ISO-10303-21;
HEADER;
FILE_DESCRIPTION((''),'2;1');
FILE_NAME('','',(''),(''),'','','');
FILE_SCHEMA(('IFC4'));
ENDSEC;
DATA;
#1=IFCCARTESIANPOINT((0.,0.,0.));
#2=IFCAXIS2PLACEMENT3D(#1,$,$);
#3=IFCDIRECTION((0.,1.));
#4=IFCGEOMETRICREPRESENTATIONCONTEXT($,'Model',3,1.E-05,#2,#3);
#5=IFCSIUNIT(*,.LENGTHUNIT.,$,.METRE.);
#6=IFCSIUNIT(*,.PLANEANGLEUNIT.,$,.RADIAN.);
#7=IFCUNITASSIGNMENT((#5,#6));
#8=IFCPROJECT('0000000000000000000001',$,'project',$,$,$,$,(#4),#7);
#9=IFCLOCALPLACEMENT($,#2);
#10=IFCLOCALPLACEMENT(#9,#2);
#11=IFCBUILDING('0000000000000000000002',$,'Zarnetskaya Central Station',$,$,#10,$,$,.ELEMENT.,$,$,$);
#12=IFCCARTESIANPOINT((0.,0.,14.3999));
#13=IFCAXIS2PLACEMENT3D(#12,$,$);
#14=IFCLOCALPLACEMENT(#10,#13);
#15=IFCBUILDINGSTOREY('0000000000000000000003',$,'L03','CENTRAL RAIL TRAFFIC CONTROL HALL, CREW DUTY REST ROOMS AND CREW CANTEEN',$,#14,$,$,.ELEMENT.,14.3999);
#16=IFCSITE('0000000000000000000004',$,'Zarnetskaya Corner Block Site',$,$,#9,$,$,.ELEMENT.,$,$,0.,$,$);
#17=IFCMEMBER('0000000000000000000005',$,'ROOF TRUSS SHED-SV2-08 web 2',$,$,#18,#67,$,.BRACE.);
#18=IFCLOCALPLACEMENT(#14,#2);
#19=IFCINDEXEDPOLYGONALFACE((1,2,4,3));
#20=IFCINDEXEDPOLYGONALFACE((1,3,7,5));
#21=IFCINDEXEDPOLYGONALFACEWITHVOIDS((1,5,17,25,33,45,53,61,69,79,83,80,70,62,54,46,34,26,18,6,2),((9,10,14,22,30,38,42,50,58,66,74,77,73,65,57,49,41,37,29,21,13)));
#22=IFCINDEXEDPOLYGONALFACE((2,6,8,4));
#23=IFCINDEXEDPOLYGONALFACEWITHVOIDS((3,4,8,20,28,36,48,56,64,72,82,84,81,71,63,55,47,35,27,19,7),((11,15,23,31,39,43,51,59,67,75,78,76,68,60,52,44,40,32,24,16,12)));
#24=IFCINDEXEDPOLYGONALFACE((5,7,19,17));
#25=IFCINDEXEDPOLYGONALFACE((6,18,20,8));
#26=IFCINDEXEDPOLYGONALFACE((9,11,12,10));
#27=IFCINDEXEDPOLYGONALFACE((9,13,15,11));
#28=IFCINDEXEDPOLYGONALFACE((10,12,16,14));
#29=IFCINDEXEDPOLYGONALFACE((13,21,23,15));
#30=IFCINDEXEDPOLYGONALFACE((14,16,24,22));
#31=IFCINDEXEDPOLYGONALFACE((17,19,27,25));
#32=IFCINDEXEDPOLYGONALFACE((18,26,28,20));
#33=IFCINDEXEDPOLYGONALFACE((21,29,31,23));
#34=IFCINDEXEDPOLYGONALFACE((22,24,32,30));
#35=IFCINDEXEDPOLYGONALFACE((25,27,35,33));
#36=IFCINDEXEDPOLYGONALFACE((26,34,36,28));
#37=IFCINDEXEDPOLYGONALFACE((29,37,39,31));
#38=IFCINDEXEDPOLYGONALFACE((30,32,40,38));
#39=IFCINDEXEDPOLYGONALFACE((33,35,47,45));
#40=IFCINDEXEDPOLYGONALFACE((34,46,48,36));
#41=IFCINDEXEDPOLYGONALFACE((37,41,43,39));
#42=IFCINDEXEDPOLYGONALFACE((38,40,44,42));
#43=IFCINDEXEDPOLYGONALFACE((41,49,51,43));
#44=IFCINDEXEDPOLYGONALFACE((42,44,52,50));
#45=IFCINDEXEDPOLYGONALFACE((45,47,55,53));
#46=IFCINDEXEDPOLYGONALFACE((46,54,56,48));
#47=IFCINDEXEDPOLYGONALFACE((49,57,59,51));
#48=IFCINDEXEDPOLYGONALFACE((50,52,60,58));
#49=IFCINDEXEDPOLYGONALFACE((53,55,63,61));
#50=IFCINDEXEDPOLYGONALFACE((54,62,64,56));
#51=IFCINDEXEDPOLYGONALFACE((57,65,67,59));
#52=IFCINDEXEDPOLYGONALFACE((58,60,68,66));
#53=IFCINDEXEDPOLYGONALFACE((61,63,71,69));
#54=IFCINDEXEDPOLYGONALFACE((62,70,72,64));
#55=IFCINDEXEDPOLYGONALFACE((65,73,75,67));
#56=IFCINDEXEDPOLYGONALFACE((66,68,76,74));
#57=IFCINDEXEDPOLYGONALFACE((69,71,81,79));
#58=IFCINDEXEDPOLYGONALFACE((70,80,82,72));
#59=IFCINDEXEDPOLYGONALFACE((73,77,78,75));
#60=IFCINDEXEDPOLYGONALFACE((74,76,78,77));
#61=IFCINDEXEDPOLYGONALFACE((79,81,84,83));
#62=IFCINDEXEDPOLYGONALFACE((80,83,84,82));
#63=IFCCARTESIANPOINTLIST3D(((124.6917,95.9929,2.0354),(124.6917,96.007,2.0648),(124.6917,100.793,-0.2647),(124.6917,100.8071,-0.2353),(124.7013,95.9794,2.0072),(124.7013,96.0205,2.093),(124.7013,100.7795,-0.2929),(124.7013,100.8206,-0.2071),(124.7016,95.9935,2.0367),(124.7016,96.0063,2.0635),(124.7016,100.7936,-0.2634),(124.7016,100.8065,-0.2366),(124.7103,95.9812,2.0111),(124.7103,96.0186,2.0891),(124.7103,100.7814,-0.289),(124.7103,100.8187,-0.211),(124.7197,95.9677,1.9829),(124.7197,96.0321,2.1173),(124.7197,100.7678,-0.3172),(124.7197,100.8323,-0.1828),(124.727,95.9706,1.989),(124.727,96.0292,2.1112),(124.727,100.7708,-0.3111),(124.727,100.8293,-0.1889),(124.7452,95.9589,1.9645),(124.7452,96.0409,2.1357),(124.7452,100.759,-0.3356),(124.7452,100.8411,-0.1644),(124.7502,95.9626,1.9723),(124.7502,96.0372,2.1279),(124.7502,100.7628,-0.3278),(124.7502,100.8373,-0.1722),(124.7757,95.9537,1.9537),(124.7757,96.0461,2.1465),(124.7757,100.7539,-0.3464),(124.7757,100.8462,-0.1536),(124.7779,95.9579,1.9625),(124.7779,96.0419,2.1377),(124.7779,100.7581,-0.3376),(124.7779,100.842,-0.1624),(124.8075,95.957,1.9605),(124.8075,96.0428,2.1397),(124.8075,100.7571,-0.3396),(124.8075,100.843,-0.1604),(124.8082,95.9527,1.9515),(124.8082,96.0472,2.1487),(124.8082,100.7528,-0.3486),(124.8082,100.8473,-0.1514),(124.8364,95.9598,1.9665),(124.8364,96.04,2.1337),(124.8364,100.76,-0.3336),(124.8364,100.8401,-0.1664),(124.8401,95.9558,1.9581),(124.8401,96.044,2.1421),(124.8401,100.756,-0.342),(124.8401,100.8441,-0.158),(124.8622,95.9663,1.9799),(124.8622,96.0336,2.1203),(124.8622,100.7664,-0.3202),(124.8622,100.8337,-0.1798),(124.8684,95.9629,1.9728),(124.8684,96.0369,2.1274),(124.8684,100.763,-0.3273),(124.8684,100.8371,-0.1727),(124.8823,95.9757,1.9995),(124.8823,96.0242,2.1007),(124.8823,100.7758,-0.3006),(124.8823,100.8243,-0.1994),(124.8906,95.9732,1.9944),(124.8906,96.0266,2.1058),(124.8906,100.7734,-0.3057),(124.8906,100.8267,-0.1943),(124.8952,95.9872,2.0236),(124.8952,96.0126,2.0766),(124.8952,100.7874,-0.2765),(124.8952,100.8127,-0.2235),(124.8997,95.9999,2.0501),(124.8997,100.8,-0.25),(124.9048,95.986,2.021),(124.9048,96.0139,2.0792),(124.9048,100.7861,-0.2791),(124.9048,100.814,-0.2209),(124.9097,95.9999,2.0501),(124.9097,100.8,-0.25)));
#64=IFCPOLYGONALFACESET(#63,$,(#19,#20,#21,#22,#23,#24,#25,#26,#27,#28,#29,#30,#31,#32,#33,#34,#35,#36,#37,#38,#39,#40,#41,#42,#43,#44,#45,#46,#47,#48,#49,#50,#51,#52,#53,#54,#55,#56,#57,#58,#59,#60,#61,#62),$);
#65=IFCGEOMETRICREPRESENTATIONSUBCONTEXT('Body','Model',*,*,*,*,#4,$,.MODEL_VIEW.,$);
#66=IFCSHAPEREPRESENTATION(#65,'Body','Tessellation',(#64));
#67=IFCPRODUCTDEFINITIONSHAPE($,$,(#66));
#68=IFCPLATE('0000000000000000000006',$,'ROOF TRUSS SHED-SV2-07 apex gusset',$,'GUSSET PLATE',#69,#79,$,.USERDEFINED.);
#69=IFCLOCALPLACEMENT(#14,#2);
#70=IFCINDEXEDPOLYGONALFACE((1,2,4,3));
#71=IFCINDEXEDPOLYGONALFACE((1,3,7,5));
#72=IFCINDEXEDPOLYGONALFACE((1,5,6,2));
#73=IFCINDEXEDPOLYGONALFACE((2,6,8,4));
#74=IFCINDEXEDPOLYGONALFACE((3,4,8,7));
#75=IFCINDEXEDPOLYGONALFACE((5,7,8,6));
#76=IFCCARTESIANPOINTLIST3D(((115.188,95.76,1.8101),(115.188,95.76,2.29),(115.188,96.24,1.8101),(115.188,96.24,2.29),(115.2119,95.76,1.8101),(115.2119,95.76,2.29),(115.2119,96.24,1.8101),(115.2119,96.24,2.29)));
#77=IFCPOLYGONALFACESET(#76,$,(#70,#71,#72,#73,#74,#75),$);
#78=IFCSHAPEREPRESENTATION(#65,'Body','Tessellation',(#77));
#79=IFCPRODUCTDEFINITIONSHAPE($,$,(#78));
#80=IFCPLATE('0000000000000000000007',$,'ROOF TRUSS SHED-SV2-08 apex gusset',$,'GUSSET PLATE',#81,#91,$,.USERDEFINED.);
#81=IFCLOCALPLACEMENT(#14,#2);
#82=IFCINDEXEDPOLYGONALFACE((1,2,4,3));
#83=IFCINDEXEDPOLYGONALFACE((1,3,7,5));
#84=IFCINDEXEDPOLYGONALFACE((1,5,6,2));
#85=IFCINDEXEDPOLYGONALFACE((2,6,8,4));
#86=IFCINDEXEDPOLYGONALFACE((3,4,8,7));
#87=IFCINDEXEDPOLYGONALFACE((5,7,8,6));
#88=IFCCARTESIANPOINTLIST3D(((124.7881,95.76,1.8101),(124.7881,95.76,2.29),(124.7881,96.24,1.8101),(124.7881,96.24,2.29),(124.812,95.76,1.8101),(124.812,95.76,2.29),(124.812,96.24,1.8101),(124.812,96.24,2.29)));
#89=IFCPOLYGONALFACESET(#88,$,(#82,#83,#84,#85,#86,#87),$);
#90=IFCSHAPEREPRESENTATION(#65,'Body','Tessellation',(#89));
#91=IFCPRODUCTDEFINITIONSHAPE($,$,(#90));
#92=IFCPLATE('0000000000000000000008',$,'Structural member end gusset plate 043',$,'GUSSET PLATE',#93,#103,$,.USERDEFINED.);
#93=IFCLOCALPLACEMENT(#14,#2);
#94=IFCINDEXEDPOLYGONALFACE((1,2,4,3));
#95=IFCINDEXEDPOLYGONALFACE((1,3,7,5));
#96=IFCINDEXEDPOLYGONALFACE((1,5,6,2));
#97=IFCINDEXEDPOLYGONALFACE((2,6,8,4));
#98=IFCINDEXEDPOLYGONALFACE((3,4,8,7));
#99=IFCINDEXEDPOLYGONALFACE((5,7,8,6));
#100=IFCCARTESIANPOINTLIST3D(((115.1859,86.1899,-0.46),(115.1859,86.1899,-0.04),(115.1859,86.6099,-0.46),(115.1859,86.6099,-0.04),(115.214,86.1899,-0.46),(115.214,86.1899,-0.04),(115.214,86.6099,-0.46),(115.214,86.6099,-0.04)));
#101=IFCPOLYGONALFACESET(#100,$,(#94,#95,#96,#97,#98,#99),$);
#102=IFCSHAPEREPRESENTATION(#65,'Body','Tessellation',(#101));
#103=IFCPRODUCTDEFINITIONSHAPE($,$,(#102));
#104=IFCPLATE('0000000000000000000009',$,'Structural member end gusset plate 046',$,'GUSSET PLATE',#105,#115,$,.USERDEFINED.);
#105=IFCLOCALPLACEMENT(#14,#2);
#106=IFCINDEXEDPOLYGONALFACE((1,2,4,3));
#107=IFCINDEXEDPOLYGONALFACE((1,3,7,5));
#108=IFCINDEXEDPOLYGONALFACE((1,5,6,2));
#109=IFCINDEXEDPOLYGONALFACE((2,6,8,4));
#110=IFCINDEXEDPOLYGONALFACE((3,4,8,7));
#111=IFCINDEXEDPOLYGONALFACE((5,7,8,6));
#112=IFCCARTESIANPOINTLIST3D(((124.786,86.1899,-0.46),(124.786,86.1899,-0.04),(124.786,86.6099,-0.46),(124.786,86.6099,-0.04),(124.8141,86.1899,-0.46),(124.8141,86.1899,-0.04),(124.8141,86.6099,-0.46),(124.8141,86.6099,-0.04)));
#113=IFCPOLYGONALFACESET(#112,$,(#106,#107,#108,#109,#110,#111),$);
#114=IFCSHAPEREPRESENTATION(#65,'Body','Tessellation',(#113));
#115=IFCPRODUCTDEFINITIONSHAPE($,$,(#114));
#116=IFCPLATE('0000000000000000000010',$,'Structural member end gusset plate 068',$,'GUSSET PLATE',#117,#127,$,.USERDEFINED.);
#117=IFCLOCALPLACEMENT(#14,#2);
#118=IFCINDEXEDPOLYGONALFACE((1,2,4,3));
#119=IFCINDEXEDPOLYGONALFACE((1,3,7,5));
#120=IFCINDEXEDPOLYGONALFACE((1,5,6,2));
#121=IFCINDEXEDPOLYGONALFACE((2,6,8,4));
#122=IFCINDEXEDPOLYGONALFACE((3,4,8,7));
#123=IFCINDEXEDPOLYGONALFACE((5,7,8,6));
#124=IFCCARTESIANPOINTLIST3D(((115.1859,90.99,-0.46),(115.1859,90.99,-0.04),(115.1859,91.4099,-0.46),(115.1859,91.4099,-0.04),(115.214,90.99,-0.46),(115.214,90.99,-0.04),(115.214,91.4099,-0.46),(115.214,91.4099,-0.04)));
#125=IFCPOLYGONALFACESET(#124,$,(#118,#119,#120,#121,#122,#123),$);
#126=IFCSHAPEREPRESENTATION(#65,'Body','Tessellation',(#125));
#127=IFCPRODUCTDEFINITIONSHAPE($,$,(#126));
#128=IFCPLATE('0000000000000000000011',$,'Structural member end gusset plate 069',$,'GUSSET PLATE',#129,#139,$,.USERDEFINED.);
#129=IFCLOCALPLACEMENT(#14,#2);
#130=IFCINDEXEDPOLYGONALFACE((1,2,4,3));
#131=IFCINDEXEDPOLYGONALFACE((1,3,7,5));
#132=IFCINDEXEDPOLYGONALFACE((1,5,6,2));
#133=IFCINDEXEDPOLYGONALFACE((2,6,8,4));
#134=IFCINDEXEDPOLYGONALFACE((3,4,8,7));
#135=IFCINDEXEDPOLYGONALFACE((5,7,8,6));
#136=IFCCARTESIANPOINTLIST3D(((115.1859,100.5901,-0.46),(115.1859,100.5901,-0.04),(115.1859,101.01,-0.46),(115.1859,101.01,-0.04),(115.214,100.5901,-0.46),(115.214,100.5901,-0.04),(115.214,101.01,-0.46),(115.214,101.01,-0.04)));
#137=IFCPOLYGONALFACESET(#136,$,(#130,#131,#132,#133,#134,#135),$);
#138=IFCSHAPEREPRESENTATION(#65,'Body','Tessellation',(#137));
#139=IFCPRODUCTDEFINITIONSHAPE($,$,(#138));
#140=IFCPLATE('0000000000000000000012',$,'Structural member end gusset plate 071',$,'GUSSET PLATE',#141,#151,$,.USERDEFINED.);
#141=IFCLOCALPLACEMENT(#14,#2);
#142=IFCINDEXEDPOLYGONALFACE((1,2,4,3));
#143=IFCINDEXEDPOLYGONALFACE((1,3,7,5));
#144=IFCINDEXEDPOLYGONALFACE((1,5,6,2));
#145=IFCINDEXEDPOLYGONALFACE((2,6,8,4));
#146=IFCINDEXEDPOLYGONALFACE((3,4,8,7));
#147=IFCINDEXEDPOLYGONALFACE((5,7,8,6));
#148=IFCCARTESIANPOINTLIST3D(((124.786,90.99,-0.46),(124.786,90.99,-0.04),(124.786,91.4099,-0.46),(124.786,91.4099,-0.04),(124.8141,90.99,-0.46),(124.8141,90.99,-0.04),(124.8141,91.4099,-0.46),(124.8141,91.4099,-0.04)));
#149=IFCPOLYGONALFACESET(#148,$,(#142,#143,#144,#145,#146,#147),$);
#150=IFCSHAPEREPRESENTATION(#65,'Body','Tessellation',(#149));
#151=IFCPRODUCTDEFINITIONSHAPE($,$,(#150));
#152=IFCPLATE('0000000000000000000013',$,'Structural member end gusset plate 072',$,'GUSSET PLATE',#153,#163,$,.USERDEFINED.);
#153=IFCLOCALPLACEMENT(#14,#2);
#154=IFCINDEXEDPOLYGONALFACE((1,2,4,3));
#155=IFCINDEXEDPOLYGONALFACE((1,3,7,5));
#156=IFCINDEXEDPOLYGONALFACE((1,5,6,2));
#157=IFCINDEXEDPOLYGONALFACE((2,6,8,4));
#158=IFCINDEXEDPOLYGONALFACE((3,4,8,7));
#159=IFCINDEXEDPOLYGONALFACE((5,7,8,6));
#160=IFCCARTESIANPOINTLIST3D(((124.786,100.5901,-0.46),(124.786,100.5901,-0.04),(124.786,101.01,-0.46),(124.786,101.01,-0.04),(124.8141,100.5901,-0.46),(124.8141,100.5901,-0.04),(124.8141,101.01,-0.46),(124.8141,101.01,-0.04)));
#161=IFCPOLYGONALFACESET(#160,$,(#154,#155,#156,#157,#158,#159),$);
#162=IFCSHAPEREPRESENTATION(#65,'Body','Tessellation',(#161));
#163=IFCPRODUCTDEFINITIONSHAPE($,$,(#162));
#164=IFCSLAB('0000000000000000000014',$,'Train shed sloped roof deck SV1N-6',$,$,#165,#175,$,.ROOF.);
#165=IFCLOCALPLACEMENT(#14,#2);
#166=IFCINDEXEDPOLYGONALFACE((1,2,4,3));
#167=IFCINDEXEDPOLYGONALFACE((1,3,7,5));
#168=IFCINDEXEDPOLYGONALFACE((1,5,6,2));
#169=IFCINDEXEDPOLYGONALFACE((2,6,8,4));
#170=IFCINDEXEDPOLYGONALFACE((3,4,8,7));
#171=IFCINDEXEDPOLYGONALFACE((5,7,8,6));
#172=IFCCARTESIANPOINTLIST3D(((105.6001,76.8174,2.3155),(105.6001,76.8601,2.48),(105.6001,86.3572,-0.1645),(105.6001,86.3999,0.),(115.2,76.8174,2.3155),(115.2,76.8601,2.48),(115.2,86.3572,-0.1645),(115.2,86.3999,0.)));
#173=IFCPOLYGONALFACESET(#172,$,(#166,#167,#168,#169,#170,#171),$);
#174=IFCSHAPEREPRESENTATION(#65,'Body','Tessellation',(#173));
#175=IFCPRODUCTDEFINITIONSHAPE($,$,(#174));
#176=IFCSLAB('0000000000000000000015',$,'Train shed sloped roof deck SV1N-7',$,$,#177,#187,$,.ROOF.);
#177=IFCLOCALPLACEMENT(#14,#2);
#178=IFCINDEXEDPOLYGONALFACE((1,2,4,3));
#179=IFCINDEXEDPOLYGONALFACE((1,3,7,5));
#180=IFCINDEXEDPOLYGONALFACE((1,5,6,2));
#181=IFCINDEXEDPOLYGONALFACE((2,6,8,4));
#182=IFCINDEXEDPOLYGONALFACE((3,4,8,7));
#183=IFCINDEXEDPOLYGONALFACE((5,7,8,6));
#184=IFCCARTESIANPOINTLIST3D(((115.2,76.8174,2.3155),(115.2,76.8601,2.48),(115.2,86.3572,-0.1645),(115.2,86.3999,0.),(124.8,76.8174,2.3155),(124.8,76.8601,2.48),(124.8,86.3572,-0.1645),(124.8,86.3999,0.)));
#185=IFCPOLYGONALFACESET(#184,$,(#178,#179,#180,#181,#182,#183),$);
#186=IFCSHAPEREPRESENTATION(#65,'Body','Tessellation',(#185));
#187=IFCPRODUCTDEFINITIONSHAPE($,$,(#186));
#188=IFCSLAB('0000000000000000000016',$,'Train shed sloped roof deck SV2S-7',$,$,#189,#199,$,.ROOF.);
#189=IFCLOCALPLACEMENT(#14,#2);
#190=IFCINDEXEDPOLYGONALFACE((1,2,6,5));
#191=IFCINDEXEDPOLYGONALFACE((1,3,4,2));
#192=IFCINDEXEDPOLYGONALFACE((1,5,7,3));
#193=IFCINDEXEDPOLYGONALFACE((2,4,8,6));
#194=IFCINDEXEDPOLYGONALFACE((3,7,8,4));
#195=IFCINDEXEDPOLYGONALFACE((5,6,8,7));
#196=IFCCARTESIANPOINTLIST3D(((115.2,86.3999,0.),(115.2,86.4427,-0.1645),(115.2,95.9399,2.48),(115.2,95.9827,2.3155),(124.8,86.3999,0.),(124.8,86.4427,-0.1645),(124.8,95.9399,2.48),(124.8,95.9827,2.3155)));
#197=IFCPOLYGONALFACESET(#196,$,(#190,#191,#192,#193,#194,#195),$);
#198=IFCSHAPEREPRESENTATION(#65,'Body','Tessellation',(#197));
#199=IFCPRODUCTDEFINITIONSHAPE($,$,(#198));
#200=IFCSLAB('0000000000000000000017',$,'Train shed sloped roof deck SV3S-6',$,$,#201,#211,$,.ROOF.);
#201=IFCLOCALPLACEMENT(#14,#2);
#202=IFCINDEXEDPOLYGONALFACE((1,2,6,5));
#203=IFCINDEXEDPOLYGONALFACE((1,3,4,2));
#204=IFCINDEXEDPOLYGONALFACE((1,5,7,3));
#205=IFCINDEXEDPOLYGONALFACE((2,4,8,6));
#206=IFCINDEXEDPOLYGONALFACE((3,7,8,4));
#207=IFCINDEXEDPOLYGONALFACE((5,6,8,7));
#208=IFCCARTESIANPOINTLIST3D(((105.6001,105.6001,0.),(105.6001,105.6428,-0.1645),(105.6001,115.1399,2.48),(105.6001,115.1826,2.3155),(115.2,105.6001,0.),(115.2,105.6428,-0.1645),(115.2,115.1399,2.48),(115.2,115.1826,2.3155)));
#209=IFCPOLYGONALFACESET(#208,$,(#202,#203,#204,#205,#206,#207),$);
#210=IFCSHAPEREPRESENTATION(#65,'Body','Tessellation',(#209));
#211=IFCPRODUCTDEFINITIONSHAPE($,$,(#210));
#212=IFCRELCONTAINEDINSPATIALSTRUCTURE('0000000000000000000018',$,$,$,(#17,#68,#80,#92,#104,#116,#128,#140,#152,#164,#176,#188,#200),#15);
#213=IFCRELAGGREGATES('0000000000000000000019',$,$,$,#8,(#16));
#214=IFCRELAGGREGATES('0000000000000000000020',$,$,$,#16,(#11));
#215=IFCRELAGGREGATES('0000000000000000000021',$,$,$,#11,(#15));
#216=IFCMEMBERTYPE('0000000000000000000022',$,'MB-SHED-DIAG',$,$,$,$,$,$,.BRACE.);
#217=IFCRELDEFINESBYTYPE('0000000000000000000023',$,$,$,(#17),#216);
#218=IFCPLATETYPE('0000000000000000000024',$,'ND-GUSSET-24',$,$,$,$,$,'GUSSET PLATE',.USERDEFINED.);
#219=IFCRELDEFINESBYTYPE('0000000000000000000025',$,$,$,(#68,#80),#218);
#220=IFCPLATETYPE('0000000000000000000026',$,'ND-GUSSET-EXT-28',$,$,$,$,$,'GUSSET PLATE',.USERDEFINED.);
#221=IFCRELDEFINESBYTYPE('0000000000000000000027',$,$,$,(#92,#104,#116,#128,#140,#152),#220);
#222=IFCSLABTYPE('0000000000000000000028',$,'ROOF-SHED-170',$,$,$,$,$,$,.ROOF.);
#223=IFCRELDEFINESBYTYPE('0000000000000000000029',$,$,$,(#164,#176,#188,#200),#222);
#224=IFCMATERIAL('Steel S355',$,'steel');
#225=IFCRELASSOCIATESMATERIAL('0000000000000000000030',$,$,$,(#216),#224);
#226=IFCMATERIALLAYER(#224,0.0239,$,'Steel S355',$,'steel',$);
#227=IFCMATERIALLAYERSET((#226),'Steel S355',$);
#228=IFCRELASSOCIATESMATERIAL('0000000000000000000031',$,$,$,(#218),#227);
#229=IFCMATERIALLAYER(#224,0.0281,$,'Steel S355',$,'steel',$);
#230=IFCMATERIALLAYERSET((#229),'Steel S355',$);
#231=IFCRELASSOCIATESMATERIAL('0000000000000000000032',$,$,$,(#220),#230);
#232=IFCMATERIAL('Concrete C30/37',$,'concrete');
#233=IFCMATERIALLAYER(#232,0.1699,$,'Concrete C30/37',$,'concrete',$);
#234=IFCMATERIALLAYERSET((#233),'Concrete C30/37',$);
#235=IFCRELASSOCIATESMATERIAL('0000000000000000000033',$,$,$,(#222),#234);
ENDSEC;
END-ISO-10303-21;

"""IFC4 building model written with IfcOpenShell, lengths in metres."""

from ifc_helpers import new_model, si_unit, direction, frame, origin, origin_2d, place, context, subcontext, project, spatial, polyline, rectangle, hollow_circle, outline, extrude, material, layer, layer_set, material_profile, profile_set, type_object, element, save


model = new_model("IFC4")

# Units and contexts
model_context = context("Model", 3, precision=1e-05, world=origin(), true_north=direction((0.0, 1.0)))
body_context = subcontext(model_context, "Body", "Model", "MODEL_VIEW")
ifc_project = project(units=[si_unit("LENGTHUNIT", "METRE"), si_unit("PLANEANGLEUNIT", "RADIAN")], contexts=[model_context])

# Site, building, storey
site_placement = place(None, origin())
site = spatial("IfcSite", under=ifc_project, at=site_placement, Name="Zarnetskaya Corner Block Site", CompositionType="ELEMENT", RefElevation=0.0)
building_placement = place(site_placement, origin())
building = spatial("IfcBuilding", under=site, at=building_placement, Name="Zarnetskaya Central Station", CompositionType="ELEMENT")
storey_placement = place(building_placement, frame((0.0, 0.0, 14.3999)))
storey = spatial("IfcBuildingStorey", under=building, at=storey_placement, Name="L03", Description="CENTRAL RAIL TRAFFIC CONTROL HALL, CREW DUTY REST ROOMS AND CREW CANTEEN", CompositionType="ELEMENT", Elevation=14.3999)

# Shared definitions
ifc_material_1 = material(Name="Steel S355", Category="steel")

# Member
ifc_material_profile_1 = material_profile(ifc_material_1, hollow_circle(Radius=0.1096, WallThickness=0.01, at=origin_2d()), Name="CHS 219.1x10")
ifc_profile_set_1 = profile_set([ifc_material_profile_1], Name="Steel S355")
member_type_1 = type_object("IfcMemberType", Name="MB-SHED-DIAG", PredefinedType="BRACE", material=ifc_profile_set_1)
for number, where, z_axis, x_axis, name in (
    (1, (124.8, 100.8, -0.25), (0.0, -0.901814, 0.432124), (1.0, 0.0, 0.0), "ROOF TRUSS SHED-SV2-08 web 2"),
):
    element("IfcMember", number, at=place(storey_placement, frame(where, z_axis=z_axis, x_axis=x_axis)), inside=storey, type_object=member_type_1, Name=name, PredefinedType="BRACE", context=body_context, shape_type="SweptSolid", body=[
        extrude(hollow_circle(Radius=0.1096, WallThickness=0.01, at=origin_2d()), origin(), (0.0, 0.0, 1.0), 5.3228),
    ])

# Plates
ifc_layer_1 = layer(ifc_material_1, 0.0239, Name="Steel S355", Category="steel")
ifc_layer_set_1 = layer_set([ifc_layer_1], Name="Steel S355")
plate_type_1 = type_object("IfcPlateType", Name="ND-GUSSET-24", ElementType="GUSSET PLATE", PredefinedType="USERDEFINED", material=ifc_layer_set_1)
for number, where, z_axis, x_axis, name in (
    (2, (115.2, 96.0, 1.8101), (0.0, 0.0, 1.0), (1.0, 0.0, 0.0), "ROOF TRUSS SHED-SV2-07 apex gusset"),
    (3, (124.8, 96.0, 1.8101), (0.0, 0.0, 1.0), (1.0, 0.0, 0.0), "ROOF TRUSS SHED-SV2-08 apex gusset"),
):
    element("IfcPlate", number, at=place(storey_placement, frame(where, z_axis=z_axis, x_axis=x_axis)), inside=storey, type_object=plate_type_1, Name=name, ObjectType="GUSSET PLATE", PredefinedType="USERDEFINED", context=body_context, shape_type="SweptSolid", body=[
        extrude(rectangle(XDim=0.0239, YDim=0.48, at=origin_2d()), origin(), (0.0, 0.0, 1.0), 0.48),
    ])
ifc_layer_2 = layer(ifc_material_1, 0.0281, Name="Steel S355", Category="steel")
ifc_layer_set_2 = layer_set([ifc_layer_2], Name="Steel S355")
plate_type_2 = type_object("IfcPlateType", Name="ND-GUSSET-EXT-28", ElementType="GUSSET PLATE", PredefinedType="USERDEFINED", material=ifc_layer_set_2)
for number, where, z_axis, x_axis, name in (
    (4, (115.2, 86.3999, -0.46), (0.0, 0.0, 1.0), (1.0, 0.0, 0.0), "Structural member end gusset plate 043"),
    (5, (124.8, 86.3999, -0.46), (0.0, 0.0, 1.0), (1.0, 0.0, 0.0), "Structural member end gusset plate 046"),
    (6, (115.2, 91.2, -0.46), (0.0, 0.0, 1.0), (1.0, 0.0, 0.0), "Structural member end gusset plate 068"),
    (7, (115.2, 100.8, -0.46), (0.0, 0.0, 1.0), (1.0, 0.0, 0.0), "Structural member end gusset plate 069"),
    (8, (124.8, 91.2, -0.46), (0.0, 0.0, 1.0), (1.0, 0.0, 0.0), "Structural member end gusset plate 071"),
    (9, (124.8, 100.8, -0.46), (0.0, 0.0, 1.0), (1.0, 0.0, 0.0), "Structural member end gusset plate 072"),
):
    element("IfcPlate", number, at=place(storey_placement, frame(where, z_axis=z_axis, x_axis=x_axis)), inside=storey, type_object=plate_type_2, Name=name, ObjectType="GUSSET PLATE", PredefinedType="USERDEFINED", context=body_context, shape_type="SweptSolid", body=[
        extrude(rectangle(XDim=0.0281, YDim=0.4199, at=origin_2d()), origin(), (0.0, 0.0, 1.0), 0.4199),
    ])

# Slabs
ifc_material_2 = material(Name="Concrete C30/37", Category="concrete")
ifc_layer_3 = layer(ifc_material_2, 0.1699, Name="Concrete C30/37", Category="concrete")
ifc_layer_set_3 = layer_set([ifc_layer_3], Name="Concrete C30/37")
slab_type = type_object("IfcSlabType", Name="ROOF-SHED-170", PredefinedType="ROOF", material=ifc_layer_set_3)
slab_1_placement = place(storey_placement, frame((115.2, 86.3999, 0.0), z_axis=(0.0, 0.251599, 0.967832), x_axis=(-1.0, 0.0, 0.0)))
element("IfcSlab", 10, at=slab_1_placement, inside=storey, type_object=slab_type, Name="Train shed sloped roof deck SV1N-6", PredefinedType="ROOF", context=body_context, shape_type="SweptSolid", body=[
    extrude(outline(polyline([(0.0, 0.0), (9.5999, 0.0), (9.5999, 9.8569), (0.0, 9.8569), (0.0, 0.0)])), origin(), (0.0, 0.0, -1.0), 0.1699),
])
slab_2_placement = place(storey_placement, frame((124.8, 86.3999, 0.0), z_axis=(0.0, 0.251599, 0.967832), x_axis=(-1.0, 0.0, 0.0)))
element("IfcSlab", 11, at=slab_2_placement, inside=storey, type_object=slab_type, Name="Train shed sloped roof deck SV1N-7", PredefinedType="ROOF", context=body_context, shape_type="SweptSolid", body=[
    extrude(outline(polyline([(0.0, 0.0), (9.6001, 0.0), (9.6001, 9.8569), (0.0, 9.8569), (0.0, 0.0)])), origin(), (0.0, 0.0, -1.0), 0.1699),
])
slab_3_placement = place(storey_placement, frame((115.2, 86.3999, 0.0), z_axis=(0.0, -0.251593, 0.967833), x_axis=(1.0, 0.0, 0.0)))
element("IfcSlab", 12, at=slab_3_placement, inside=storey, type_object=slab_type, Name="Train shed sloped roof deck SV2S-7", PredefinedType="ROOF", context=body_context, shape_type="SweptSolid", body=[
    extrude(outline(polyline([(0.0, 0.0), (9.6001, 0.0), (9.6001, 9.8571), (0.0, 9.8571), (0.0, 0.0)])), origin(), (0.0, 0.0, -1.0), 0.1699),
])
slab_4_placement = place(storey_placement, frame((105.6001, 105.6001, 0.0), z_axis=(0.0, -0.251599, 0.967832), x_axis=(1.0, 0.0, 0.0)))
element("IfcSlab", 13, at=slab_4_placement, inside=storey, type_object=slab_type, Name="Train shed sloped roof deck SV3S-6", PredefinedType="ROOF", context=body_context, shape_type="SweptSolid", body=[
    extrude(outline(polyline([(0.0, 0.0), (9.5999, 0.0), (9.5999, 9.8569), (0.0, 9.8569), (0.0, 0.0)])), origin(), (0.0, 0.0, -1.0), 0.1699),
])

save(model, "model.ifc")
